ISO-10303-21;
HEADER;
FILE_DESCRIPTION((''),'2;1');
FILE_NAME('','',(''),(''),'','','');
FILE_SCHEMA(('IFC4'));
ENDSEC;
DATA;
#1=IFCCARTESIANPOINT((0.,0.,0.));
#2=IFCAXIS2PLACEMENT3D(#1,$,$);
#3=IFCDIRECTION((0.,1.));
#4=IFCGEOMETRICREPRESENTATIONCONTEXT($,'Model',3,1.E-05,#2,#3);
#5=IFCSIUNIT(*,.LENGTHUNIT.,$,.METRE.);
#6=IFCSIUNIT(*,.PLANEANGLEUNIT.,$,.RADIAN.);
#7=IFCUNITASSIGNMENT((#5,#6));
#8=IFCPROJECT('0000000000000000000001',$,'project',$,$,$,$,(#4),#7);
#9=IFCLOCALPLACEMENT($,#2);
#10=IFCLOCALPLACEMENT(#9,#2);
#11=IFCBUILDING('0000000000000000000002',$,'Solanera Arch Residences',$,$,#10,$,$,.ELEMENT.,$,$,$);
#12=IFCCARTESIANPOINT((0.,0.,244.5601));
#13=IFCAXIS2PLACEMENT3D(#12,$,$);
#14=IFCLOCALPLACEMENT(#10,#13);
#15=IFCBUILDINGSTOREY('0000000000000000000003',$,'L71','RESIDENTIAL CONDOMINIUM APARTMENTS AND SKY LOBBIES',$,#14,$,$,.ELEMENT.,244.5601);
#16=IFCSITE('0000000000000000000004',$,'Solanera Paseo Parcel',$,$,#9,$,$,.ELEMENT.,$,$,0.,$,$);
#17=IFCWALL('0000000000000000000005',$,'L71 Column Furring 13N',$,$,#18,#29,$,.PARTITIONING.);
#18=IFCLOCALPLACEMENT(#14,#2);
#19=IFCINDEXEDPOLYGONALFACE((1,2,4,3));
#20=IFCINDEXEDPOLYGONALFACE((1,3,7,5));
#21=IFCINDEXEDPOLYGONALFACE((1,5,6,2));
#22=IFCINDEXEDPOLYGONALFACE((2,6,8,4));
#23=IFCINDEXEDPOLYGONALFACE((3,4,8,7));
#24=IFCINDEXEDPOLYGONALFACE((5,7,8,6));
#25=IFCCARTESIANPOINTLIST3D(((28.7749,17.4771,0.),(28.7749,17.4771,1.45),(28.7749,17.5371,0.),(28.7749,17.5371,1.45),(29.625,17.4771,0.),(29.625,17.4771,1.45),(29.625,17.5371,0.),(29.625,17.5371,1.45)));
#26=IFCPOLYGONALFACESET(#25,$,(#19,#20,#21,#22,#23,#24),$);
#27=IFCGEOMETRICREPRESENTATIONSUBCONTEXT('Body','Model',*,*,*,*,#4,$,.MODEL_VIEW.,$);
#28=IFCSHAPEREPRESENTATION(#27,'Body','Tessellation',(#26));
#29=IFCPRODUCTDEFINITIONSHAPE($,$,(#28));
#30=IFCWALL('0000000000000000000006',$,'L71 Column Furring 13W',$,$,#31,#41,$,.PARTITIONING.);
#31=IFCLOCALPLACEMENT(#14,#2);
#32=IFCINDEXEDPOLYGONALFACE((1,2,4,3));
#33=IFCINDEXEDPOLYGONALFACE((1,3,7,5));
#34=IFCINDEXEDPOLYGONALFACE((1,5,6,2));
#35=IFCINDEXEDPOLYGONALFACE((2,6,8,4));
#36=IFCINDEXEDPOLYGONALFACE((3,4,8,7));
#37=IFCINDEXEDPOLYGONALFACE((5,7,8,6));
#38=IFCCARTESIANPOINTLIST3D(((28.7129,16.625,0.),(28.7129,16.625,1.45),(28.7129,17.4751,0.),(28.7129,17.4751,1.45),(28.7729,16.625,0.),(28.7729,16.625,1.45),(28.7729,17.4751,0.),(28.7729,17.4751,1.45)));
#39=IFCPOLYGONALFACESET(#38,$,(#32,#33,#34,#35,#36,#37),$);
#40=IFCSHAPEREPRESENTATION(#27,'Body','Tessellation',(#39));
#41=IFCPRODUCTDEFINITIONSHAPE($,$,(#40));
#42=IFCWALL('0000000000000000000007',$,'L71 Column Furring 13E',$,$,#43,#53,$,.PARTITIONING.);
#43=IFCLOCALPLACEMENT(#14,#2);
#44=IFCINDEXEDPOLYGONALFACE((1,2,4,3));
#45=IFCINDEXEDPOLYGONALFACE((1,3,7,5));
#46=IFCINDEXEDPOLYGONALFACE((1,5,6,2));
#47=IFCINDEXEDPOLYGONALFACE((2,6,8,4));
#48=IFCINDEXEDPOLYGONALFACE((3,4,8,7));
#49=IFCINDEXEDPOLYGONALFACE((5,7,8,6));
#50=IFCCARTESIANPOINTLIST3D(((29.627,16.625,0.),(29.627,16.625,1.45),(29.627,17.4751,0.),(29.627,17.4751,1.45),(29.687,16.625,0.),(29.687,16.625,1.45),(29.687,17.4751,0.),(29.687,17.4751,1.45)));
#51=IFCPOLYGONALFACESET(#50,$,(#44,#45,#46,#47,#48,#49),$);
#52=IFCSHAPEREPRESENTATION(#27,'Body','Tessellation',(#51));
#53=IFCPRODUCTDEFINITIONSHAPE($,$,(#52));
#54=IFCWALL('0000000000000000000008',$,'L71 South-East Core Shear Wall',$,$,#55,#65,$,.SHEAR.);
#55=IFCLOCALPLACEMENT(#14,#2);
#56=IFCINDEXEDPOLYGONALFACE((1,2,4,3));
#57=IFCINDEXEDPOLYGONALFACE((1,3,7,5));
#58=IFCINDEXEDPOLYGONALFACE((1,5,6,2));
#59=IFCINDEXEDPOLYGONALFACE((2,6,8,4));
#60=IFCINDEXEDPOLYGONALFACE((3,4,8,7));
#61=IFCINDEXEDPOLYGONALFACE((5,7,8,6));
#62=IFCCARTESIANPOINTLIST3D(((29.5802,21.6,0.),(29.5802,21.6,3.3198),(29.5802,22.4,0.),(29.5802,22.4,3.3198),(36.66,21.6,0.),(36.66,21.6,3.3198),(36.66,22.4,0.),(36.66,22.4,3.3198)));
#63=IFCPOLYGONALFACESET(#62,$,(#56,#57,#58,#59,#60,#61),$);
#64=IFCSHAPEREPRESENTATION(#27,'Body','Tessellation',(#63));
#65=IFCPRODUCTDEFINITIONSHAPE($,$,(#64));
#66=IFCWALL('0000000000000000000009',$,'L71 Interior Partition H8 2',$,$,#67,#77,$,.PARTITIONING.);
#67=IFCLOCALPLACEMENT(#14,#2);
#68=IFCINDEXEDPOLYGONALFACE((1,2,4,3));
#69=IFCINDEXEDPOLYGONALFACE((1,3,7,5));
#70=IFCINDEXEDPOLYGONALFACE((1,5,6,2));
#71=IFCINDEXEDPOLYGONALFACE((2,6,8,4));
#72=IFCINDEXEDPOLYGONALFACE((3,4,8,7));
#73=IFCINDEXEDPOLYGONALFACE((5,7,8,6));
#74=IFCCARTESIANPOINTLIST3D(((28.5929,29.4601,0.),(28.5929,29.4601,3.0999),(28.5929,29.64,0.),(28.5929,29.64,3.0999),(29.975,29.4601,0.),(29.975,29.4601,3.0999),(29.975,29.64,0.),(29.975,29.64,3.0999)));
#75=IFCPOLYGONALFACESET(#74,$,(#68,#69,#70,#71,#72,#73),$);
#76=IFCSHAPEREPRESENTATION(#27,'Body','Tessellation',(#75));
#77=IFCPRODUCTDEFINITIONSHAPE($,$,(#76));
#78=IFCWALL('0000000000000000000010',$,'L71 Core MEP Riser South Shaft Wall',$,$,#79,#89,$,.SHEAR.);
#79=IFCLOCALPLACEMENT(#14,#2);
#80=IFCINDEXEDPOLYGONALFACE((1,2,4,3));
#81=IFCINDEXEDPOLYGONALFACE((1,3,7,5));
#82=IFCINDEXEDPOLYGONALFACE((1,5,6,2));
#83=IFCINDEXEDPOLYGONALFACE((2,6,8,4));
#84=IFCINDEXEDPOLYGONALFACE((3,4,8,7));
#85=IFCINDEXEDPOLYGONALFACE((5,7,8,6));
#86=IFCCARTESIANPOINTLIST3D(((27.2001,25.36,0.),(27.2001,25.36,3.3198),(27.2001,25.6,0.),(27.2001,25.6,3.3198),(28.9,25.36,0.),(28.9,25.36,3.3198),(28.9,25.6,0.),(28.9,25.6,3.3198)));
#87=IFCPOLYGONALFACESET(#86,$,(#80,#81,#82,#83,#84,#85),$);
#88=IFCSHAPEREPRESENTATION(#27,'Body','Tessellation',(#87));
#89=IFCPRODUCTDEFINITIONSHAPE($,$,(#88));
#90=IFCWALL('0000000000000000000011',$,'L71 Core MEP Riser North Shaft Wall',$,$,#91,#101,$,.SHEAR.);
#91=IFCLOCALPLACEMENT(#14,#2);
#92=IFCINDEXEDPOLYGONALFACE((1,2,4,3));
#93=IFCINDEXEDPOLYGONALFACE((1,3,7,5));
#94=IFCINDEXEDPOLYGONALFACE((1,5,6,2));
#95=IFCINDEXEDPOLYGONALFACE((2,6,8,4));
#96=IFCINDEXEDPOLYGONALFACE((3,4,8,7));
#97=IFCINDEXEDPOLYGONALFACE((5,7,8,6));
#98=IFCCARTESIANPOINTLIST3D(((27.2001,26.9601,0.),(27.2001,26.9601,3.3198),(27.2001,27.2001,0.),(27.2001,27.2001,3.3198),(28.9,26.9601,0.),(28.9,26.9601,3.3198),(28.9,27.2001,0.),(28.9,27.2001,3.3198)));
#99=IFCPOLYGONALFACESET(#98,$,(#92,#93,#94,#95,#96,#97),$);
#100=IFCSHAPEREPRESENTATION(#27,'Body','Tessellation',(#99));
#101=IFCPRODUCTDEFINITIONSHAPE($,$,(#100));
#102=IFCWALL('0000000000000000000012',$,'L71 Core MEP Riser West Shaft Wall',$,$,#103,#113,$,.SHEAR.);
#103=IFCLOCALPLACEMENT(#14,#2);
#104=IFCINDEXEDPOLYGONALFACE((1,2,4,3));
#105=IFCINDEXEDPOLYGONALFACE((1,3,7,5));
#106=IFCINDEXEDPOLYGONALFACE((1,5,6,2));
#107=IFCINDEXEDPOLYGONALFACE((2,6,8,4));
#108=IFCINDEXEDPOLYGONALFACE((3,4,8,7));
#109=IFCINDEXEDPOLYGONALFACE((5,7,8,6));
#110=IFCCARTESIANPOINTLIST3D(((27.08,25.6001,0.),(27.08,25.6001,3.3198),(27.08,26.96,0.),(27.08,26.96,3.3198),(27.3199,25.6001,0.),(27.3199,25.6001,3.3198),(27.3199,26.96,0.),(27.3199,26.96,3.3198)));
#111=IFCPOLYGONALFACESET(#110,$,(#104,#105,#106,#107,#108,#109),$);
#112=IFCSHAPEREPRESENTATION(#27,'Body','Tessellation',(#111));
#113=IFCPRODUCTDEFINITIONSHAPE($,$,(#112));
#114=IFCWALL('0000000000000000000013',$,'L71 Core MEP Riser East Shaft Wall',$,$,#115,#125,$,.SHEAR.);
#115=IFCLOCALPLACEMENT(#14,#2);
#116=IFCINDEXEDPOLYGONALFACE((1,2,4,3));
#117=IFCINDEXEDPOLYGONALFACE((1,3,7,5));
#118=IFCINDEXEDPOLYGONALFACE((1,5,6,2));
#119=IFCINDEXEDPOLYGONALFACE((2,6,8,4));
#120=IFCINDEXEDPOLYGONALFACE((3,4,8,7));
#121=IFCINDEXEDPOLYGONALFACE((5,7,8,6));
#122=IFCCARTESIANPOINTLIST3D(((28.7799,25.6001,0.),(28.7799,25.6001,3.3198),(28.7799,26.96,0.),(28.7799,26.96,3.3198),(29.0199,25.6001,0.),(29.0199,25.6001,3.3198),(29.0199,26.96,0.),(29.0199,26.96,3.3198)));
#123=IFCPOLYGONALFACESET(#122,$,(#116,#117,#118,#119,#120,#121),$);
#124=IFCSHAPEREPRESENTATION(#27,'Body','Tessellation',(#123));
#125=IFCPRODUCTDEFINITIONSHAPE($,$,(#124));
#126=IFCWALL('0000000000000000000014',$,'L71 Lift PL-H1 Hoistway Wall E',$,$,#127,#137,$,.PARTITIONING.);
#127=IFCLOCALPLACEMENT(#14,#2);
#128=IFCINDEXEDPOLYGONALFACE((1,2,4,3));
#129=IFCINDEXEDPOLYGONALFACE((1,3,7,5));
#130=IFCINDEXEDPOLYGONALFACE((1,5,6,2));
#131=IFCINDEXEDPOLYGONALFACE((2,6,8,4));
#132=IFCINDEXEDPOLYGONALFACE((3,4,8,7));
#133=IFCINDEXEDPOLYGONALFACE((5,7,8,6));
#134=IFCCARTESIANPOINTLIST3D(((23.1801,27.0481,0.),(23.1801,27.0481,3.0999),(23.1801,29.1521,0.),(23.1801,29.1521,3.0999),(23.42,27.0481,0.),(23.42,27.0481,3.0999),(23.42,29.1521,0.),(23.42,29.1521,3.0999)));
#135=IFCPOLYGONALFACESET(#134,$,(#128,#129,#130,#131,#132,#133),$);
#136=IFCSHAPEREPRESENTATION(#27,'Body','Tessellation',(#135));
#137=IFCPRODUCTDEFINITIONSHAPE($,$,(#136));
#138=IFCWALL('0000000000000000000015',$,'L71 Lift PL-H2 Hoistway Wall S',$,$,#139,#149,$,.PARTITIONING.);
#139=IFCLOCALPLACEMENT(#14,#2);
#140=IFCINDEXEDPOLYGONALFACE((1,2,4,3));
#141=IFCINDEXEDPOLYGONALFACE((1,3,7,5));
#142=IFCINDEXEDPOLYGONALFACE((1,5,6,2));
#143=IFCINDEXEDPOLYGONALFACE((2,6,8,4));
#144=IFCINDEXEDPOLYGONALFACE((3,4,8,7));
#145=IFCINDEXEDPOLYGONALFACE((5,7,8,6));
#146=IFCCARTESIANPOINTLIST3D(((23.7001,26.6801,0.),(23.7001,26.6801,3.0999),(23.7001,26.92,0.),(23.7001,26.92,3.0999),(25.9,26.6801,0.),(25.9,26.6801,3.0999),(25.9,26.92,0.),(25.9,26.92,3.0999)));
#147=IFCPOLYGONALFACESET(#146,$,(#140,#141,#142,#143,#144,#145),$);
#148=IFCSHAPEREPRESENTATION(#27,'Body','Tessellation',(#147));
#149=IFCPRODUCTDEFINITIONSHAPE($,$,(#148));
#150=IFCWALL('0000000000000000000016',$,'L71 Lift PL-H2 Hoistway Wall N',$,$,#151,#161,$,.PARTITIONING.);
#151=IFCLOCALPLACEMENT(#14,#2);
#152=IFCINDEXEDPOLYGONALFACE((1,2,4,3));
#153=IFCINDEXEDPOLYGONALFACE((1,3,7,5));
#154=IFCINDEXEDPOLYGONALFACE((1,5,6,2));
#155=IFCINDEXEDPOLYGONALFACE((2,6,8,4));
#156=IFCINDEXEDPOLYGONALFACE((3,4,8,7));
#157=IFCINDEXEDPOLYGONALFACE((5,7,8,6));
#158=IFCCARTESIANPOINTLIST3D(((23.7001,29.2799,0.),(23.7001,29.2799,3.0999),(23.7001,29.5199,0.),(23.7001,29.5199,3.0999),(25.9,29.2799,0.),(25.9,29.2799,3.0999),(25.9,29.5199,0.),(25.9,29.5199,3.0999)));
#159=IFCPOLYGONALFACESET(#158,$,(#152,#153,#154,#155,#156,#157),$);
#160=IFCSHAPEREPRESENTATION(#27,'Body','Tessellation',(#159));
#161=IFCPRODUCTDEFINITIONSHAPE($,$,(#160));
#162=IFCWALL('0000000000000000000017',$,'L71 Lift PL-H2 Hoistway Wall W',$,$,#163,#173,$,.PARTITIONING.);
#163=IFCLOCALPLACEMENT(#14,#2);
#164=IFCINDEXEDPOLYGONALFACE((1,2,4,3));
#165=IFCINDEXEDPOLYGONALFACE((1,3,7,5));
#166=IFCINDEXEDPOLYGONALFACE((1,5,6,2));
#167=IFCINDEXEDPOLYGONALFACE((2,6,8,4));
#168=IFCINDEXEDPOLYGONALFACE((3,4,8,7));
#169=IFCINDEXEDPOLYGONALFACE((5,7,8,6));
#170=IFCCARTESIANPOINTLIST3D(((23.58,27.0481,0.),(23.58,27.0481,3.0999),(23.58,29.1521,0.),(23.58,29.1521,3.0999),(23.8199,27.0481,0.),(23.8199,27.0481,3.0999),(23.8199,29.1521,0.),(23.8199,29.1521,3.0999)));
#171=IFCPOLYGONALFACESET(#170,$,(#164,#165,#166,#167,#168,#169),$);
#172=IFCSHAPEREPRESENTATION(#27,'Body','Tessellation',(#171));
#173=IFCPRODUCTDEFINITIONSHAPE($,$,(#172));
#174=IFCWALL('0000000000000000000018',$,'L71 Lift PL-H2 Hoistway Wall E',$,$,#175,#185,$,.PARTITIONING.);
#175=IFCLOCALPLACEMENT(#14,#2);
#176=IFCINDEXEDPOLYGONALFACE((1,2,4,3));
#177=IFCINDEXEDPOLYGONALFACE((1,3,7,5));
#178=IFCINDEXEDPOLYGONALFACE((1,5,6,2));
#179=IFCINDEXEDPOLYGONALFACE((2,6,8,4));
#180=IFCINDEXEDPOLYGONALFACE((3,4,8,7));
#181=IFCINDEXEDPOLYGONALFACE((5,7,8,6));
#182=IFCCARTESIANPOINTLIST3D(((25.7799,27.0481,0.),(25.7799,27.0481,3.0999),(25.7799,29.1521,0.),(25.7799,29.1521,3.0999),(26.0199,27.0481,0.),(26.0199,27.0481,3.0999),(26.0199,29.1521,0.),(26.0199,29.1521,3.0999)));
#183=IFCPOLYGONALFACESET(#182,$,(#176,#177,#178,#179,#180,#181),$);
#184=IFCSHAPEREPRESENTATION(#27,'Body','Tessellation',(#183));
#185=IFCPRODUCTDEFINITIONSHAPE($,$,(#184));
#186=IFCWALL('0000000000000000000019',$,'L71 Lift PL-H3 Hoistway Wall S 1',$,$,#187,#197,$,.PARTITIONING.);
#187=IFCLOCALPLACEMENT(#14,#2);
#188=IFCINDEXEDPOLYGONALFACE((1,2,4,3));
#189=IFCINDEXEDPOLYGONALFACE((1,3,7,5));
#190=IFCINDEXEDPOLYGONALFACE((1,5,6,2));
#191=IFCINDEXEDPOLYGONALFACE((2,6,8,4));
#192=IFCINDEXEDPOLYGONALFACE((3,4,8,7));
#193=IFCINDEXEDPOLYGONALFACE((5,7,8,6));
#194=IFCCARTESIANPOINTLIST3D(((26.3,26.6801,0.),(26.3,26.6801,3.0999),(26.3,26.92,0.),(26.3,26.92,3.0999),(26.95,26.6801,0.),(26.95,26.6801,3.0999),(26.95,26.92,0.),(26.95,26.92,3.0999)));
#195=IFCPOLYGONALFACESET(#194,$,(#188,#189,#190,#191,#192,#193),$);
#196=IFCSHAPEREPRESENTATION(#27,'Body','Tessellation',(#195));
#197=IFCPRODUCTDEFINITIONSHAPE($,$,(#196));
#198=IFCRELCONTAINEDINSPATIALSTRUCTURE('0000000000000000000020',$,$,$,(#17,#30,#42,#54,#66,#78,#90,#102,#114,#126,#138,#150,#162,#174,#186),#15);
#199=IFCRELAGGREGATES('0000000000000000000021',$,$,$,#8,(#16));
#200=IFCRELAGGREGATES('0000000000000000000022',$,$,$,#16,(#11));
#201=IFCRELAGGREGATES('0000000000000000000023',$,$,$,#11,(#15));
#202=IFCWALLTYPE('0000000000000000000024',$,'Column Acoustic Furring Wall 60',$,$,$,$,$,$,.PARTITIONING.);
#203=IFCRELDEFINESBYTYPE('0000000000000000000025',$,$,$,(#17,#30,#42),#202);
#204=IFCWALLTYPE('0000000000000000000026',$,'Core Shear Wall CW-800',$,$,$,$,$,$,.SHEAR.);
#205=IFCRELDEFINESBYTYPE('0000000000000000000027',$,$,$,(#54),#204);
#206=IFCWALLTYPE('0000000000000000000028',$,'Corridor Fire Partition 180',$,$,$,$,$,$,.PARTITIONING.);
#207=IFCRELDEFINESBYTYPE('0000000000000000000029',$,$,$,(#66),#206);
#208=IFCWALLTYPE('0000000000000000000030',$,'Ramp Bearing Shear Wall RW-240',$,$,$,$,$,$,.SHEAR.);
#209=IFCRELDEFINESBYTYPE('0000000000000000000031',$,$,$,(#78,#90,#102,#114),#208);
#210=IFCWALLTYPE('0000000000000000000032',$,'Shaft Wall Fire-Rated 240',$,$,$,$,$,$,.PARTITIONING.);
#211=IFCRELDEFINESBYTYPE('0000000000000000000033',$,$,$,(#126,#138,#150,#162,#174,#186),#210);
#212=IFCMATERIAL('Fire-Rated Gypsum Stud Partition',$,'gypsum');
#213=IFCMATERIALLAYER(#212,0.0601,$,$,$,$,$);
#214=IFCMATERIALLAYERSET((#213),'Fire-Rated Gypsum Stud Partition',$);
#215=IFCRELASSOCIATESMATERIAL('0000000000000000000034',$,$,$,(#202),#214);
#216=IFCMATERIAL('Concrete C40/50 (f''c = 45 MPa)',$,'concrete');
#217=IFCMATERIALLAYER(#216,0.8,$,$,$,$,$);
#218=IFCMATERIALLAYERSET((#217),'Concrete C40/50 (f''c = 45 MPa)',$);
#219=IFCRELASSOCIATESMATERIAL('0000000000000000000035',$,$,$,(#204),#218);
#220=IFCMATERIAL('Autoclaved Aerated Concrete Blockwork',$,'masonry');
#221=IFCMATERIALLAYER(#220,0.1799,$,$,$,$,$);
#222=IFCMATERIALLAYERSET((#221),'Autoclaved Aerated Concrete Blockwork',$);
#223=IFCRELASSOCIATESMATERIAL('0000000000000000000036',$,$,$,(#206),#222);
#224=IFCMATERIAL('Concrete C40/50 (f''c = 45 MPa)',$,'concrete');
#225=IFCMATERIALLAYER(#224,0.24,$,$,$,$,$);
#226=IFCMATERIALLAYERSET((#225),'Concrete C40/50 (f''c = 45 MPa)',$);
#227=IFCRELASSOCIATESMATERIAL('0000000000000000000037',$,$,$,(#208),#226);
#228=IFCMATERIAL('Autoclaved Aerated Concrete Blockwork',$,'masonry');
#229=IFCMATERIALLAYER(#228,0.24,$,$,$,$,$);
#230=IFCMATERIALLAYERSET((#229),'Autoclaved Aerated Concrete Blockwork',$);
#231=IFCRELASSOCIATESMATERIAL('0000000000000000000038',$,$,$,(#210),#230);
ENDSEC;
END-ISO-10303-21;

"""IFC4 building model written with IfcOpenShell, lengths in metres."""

from ifc_helpers import new_model, si_unit, direction, frame, frame_2d, origin, place, context, subcontext, project, spatial, rectangle, extrude, material, layer, layer_set, type_object, element, save


model = new_model("IFC4")

# Units and contexts
model_context = context("Model", 3, precision=1e-05, world=origin(), true_north=direction((0.0, 1.0)))
body_context = subcontext(model_context, "Body", "Model", "MODEL_VIEW")
ifc_project = project(units=[si_unit("LENGTHUNIT", "METRE"), si_unit("PLANEANGLEUNIT", "RADIAN")], contexts=[model_context])

# Site, building, storey
site_placement = place(None, origin())
site = spatial("IfcSite", under=ifc_project, at=site_placement, Name="Solanera Paseo Parcel", CompositionType="ELEMENT", RefElevation=0.0)
building_placement = place(site_placement, origin())
building = spatial("IfcBuilding", under=site, at=building_placement, Name="Solanera Arch Residences", CompositionType="ELEMENT")
storey_placement = place(building_placement, frame((0.0, 0.0, 244.5601)))
storey = spatial("IfcBuildingStorey", under=building, at=storey_placement, Name="L71", Description="RESIDENTIAL CONDOMINIUM APARTMENTS AND SKY LOBBIES", CompositionType="ELEMENT", Elevation=244.5601)

# Walls
ifc_material_1 = material(Name="Fire-Rated Gypsum Stud Partition", Category="gypsum")
ifc_layer_1 = layer(ifc_material_1, 0.0601)
ifc_layer_set_1 = layer_set([ifc_layer_1], Name="Fire-Rated Gypsum Stud Partition")
wall_type_1 = type_object("IfcWallType", Name="Column Acoustic Furring Wall 60", PredefinedType="PARTITIONING", material=ifc_layer_set_1)
for number, where, z_axis, x_axis, name in (
    (1, (28.7749, 17.5071, 0.0), (0.0, 0.0, 1.0), (1.0, 0.0, 0.0), "L71 Column Furring 13N"),
    (2, (28.7429, 16.625, 0.0), (0.0, 0.0, 1.0), (0.0, 1.0, 0.0), "L71 Column Furring 13W"),
    (3, (29.657, 16.625, 0.0), (0.0, 0.0, 1.0), (0.0, 1.0, 0.0), "L71 Column Furring 13E"),
):
    element("IfcWall", number, at=place(storey_placement, frame(where, z_axis=z_axis, x_axis=x_axis)), inside=storey, type_object=wall_type_1, Name=name, PredefinedType="PARTITIONING", context=body_context, shape_type="SweptSolid", body=[
        extrude(rectangle(XDim=0.8501, YDim=0.0601, at=frame_2d((0.425, 0.0))), origin(), (0.0, 0.0, 1.0), 1.45),
    ])
ifc_material_2 = material(Name="Concrete C40/50 (f'c = 45 MPa)", Category="concrete")
ifc_layer_2 = layer(ifc_material_2, 0.8)
ifc_layer_set_2 = layer_set([ifc_layer_2], Name="Concrete C40/50 (f'c = 45 MPa)")
wall_type_2 = type_object("IfcWallType", Name="Core Shear Wall CW-800", PredefinedType="SHEAR", material=ifc_layer_set_2)
wall_1_placement = place(storey_placement, frame((29.5801, 22.0, 0.0), z_axis=(0.0, 0.0, 1.0), x_axis=(1.0, 0.0, 0.0)))
element("IfcWall", 4, at=wall_1_placement, inside=storey, type_object=wall_type_2, Name="L71 South-East Core Shear Wall", PredefinedType="SHEAR", context=body_context, shape_type="SweptSolid", body=[
    extrude(rectangle(XDim=7.0798, YDim=0.8, at=frame_2d((3.54, 0.0))), origin(), (0.0, 0.0, 1.0), 3.3198),
])
ifc_material_3 = material(Name="Autoclaved Aerated Concrete Blockwork", Category="masonry")
ifc_layer_3 = layer(ifc_material_3, 0.1799)
ifc_layer_set_3 = layer_set([ifc_layer_3], Name="Autoclaved Aerated Concrete Blockwork")
wall_type_3 = type_object("IfcWallType", Name="Corridor Fire Partition 180", PredefinedType="PARTITIONING", material=ifc_layer_set_3)
wall_2_placement = place(storey_placement, frame((28.593, 29.55, 0.0), z_axis=(0.0, 0.0, 1.0), x_axis=(1.0, 0.0, 0.0)))
element("IfcWall", 5, at=wall_2_placement, inside=storey, type_object=wall_type_3, Name="L71 Interior Partition H8 2", PredefinedType="PARTITIONING", context=body_context, shape_type="SweptSolid", body=[
    extrude(rectangle(XDim=1.3821, YDim=0.1799, at=frame_2d((0.6909, 0.0))), origin(), (0.0, 0.0, 1.0), 3.0999),
])
ifc_material_4 = material(Name="Concrete C40/50 (f'c = 45 MPa)", Category="concrete")
ifc_layer_4 = layer(ifc_material_4, 0.24)
ifc_layer_set_4 = layer_set([ifc_layer_4], Name="Concrete C40/50 (f'c = 45 MPa)")
wall_type_4 = type_object("IfcWallType", Name="Ramp Bearing Shear Wall RW-240", PredefinedType="SHEAR", material=ifc_layer_set_4)
for number, where, z_axis, x_axis, name in (
    (6, (27.2, 25.48, 0.0), (0.0, 0.0, 1.0), (1.0, 0.0, 0.0), "L71 Core MEP Riser South Shaft Wall"),
    (7, (27.2, 27.0801, 0.0), (0.0, 0.0, 1.0), (1.0, 0.0, 0.0), "L71 Core MEP Riser North Shaft Wall"),
):
    element("IfcWall", number, at=place(storey_placement, frame(where, z_axis=z_axis, x_axis=x_axis)), inside=storey, type_object=wall_type_4, Name=name, PredefinedType="SHEAR", context=body_context, shape_type="SweptSolid", body=[
        extrude(rectangle(XDim=1.7, YDim=0.24, at=frame_2d((0.8501, 0.0))), origin(), (0.0, 0.0, 1.0), 3.3198),
    ])
for number, where, z_axis, x_axis, name in (
    (8, (27.2, 25.6001, 0.0), (0.0, 0.0, 1.0), (0.0, 1.0, 0.0), "L71 Core MEP Riser West Shaft Wall"),
    (9, (28.8999, 25.6001, 0.0), (0.0, 0.0, 1.0), (0.0, 1.0, 0.0), "L71 Core MEP Riser East Shaft Wall"),
):
    element("IfcWall", number, at=place(storey_placement, frame(where, z_axis=z_axis, x_axis=x_axis)), inside=storey, type_object=wall_type_4, Name=name, PredefinedType="SHEAR", context=body_context, shape_type="SweptSolid", body=[
        extrude(rectangle(XDim=1.3599, YDim=0.24, at=frame_2d((0.6799, 0.0))), origin(), (0.0, 0.0, 1.0), 3.3198),
    ])
ifc_material_5 = material(Name="Autoclaved Aerated Concrete Blockwork", Category="masonry")
ifc_layer_5 = layer(ifc_material_5, 0.24)
ifc_layer_set_5 = layer_set([ifc_layer_5], Name="Autoclaved Aerated Concrete Blockwork")
wall_type_5 = type_object("IfcWallType", Name="Shaft Wall Fire-Rated 240", PredefinedType="PARTITIONING", material=ifc_layer_set_5)
wall_3_placement = place(storey_placement, frame((23.3, 27.0481, 0.0), z_axis=(0.0, 0.0, 1.0), x_axis=(0.0, 1.0, 0.0)))
element("IfcWall", 10, at=wall_3_placement, inside=storey, type_object=wall_type_5, Name="L71 Lift PL-H1 Hoistway Wall E", PredefinedType="PARTITIONING", context=body_context, shape_type="SweptSolid", body=[
    extrude(rectangle(XDim=2.104, YDim=0.24, at=frame_2d((1.052, 0.0))), origin(), (0.0, 0.0, 1.0), 3.0999),
])
for number, where, z_axis, x_axis, name in (
    (11, (23.7, 26.8, 0.0), (0.0, 0.0, 1.0), (1.0, 0.0, 0.0), "L71 Lift PL-H2 Hoistway Wall S"),
    (12, (23.7, 29.3999, 0.0), (0.0, 0.0, 1.0), (1.0, 0.0, 0.0), "L71 Lift PL-H2 Hoistway Wall N"),
):
    element("IfcWall", number, at=place(storey_placement, frame(where, z_axis=z_axis, x_axis=x_axis)), inside=storey, type_object=wall_type_5, Name=name, PredefinedType="PARTITIONING", context=body_context, shape_type="SweptSolid", body=[
        extrude(rectangle(XDim=2.2, YDim=0.24, at=frame_2d((1.1001, 0.0))), origin(), (0.0, 0.0, 1.0), 3.0999),
    ])
for number, where, z_axis, x_axis, name in (
    (13, (23.7, 27.0481, 0.0), (0.0, 0.0, 1.0), (0.0, 1.0, 0.0), "L71 Lift PL-H2 Hoistway Wall W"),
    (14, (25.8999, 27.0481, 0.0), (0.0, 0.0, 1.0), (0.0, 1.0, 0.0), "L71 Lift PL-H2 Hoistway Wall E"),
):
    element("IfcWall", number, at=place(storey_placement, frame(where, z_axis=z_axis, x_axis=x_axis)), inside=storey, type_object=wall_type_5, Name=name, PredefinedType="PARTITIONING", context=body_context, shape_type="SweptSolid", body=[
        extrude(rectangle(XDim=2.104, YDim=0.24, at=frame_2d((1.052, 0.0))), origin(), (0.0, 0.0, 1.0), 3.0999),
    ])
wall_4_placement = place(storey_placement, frame((26.3, 26.8, 0.0), z_axis=(0.0, 0.0, 1.0), x_axis=(1.0, 0.0, 0.0)))
element("IfcWall", 15, at=wall_4_placement, inside=storey, type_object=wall_type_5, Name="L71 Lift PL-H3 Hoistway Wall S 1", PredefinedType="PARTITIONING", context=body_context, shape_type="SweptSolid", body=[
    extrude(rectangle(XDim=0.6499, YDim=0.24, at=frame_2d((0.325, 0.0))), origin(), (0.0, 0.0, 1.0), 3.0999),
])

save(model, "model.ifc")
